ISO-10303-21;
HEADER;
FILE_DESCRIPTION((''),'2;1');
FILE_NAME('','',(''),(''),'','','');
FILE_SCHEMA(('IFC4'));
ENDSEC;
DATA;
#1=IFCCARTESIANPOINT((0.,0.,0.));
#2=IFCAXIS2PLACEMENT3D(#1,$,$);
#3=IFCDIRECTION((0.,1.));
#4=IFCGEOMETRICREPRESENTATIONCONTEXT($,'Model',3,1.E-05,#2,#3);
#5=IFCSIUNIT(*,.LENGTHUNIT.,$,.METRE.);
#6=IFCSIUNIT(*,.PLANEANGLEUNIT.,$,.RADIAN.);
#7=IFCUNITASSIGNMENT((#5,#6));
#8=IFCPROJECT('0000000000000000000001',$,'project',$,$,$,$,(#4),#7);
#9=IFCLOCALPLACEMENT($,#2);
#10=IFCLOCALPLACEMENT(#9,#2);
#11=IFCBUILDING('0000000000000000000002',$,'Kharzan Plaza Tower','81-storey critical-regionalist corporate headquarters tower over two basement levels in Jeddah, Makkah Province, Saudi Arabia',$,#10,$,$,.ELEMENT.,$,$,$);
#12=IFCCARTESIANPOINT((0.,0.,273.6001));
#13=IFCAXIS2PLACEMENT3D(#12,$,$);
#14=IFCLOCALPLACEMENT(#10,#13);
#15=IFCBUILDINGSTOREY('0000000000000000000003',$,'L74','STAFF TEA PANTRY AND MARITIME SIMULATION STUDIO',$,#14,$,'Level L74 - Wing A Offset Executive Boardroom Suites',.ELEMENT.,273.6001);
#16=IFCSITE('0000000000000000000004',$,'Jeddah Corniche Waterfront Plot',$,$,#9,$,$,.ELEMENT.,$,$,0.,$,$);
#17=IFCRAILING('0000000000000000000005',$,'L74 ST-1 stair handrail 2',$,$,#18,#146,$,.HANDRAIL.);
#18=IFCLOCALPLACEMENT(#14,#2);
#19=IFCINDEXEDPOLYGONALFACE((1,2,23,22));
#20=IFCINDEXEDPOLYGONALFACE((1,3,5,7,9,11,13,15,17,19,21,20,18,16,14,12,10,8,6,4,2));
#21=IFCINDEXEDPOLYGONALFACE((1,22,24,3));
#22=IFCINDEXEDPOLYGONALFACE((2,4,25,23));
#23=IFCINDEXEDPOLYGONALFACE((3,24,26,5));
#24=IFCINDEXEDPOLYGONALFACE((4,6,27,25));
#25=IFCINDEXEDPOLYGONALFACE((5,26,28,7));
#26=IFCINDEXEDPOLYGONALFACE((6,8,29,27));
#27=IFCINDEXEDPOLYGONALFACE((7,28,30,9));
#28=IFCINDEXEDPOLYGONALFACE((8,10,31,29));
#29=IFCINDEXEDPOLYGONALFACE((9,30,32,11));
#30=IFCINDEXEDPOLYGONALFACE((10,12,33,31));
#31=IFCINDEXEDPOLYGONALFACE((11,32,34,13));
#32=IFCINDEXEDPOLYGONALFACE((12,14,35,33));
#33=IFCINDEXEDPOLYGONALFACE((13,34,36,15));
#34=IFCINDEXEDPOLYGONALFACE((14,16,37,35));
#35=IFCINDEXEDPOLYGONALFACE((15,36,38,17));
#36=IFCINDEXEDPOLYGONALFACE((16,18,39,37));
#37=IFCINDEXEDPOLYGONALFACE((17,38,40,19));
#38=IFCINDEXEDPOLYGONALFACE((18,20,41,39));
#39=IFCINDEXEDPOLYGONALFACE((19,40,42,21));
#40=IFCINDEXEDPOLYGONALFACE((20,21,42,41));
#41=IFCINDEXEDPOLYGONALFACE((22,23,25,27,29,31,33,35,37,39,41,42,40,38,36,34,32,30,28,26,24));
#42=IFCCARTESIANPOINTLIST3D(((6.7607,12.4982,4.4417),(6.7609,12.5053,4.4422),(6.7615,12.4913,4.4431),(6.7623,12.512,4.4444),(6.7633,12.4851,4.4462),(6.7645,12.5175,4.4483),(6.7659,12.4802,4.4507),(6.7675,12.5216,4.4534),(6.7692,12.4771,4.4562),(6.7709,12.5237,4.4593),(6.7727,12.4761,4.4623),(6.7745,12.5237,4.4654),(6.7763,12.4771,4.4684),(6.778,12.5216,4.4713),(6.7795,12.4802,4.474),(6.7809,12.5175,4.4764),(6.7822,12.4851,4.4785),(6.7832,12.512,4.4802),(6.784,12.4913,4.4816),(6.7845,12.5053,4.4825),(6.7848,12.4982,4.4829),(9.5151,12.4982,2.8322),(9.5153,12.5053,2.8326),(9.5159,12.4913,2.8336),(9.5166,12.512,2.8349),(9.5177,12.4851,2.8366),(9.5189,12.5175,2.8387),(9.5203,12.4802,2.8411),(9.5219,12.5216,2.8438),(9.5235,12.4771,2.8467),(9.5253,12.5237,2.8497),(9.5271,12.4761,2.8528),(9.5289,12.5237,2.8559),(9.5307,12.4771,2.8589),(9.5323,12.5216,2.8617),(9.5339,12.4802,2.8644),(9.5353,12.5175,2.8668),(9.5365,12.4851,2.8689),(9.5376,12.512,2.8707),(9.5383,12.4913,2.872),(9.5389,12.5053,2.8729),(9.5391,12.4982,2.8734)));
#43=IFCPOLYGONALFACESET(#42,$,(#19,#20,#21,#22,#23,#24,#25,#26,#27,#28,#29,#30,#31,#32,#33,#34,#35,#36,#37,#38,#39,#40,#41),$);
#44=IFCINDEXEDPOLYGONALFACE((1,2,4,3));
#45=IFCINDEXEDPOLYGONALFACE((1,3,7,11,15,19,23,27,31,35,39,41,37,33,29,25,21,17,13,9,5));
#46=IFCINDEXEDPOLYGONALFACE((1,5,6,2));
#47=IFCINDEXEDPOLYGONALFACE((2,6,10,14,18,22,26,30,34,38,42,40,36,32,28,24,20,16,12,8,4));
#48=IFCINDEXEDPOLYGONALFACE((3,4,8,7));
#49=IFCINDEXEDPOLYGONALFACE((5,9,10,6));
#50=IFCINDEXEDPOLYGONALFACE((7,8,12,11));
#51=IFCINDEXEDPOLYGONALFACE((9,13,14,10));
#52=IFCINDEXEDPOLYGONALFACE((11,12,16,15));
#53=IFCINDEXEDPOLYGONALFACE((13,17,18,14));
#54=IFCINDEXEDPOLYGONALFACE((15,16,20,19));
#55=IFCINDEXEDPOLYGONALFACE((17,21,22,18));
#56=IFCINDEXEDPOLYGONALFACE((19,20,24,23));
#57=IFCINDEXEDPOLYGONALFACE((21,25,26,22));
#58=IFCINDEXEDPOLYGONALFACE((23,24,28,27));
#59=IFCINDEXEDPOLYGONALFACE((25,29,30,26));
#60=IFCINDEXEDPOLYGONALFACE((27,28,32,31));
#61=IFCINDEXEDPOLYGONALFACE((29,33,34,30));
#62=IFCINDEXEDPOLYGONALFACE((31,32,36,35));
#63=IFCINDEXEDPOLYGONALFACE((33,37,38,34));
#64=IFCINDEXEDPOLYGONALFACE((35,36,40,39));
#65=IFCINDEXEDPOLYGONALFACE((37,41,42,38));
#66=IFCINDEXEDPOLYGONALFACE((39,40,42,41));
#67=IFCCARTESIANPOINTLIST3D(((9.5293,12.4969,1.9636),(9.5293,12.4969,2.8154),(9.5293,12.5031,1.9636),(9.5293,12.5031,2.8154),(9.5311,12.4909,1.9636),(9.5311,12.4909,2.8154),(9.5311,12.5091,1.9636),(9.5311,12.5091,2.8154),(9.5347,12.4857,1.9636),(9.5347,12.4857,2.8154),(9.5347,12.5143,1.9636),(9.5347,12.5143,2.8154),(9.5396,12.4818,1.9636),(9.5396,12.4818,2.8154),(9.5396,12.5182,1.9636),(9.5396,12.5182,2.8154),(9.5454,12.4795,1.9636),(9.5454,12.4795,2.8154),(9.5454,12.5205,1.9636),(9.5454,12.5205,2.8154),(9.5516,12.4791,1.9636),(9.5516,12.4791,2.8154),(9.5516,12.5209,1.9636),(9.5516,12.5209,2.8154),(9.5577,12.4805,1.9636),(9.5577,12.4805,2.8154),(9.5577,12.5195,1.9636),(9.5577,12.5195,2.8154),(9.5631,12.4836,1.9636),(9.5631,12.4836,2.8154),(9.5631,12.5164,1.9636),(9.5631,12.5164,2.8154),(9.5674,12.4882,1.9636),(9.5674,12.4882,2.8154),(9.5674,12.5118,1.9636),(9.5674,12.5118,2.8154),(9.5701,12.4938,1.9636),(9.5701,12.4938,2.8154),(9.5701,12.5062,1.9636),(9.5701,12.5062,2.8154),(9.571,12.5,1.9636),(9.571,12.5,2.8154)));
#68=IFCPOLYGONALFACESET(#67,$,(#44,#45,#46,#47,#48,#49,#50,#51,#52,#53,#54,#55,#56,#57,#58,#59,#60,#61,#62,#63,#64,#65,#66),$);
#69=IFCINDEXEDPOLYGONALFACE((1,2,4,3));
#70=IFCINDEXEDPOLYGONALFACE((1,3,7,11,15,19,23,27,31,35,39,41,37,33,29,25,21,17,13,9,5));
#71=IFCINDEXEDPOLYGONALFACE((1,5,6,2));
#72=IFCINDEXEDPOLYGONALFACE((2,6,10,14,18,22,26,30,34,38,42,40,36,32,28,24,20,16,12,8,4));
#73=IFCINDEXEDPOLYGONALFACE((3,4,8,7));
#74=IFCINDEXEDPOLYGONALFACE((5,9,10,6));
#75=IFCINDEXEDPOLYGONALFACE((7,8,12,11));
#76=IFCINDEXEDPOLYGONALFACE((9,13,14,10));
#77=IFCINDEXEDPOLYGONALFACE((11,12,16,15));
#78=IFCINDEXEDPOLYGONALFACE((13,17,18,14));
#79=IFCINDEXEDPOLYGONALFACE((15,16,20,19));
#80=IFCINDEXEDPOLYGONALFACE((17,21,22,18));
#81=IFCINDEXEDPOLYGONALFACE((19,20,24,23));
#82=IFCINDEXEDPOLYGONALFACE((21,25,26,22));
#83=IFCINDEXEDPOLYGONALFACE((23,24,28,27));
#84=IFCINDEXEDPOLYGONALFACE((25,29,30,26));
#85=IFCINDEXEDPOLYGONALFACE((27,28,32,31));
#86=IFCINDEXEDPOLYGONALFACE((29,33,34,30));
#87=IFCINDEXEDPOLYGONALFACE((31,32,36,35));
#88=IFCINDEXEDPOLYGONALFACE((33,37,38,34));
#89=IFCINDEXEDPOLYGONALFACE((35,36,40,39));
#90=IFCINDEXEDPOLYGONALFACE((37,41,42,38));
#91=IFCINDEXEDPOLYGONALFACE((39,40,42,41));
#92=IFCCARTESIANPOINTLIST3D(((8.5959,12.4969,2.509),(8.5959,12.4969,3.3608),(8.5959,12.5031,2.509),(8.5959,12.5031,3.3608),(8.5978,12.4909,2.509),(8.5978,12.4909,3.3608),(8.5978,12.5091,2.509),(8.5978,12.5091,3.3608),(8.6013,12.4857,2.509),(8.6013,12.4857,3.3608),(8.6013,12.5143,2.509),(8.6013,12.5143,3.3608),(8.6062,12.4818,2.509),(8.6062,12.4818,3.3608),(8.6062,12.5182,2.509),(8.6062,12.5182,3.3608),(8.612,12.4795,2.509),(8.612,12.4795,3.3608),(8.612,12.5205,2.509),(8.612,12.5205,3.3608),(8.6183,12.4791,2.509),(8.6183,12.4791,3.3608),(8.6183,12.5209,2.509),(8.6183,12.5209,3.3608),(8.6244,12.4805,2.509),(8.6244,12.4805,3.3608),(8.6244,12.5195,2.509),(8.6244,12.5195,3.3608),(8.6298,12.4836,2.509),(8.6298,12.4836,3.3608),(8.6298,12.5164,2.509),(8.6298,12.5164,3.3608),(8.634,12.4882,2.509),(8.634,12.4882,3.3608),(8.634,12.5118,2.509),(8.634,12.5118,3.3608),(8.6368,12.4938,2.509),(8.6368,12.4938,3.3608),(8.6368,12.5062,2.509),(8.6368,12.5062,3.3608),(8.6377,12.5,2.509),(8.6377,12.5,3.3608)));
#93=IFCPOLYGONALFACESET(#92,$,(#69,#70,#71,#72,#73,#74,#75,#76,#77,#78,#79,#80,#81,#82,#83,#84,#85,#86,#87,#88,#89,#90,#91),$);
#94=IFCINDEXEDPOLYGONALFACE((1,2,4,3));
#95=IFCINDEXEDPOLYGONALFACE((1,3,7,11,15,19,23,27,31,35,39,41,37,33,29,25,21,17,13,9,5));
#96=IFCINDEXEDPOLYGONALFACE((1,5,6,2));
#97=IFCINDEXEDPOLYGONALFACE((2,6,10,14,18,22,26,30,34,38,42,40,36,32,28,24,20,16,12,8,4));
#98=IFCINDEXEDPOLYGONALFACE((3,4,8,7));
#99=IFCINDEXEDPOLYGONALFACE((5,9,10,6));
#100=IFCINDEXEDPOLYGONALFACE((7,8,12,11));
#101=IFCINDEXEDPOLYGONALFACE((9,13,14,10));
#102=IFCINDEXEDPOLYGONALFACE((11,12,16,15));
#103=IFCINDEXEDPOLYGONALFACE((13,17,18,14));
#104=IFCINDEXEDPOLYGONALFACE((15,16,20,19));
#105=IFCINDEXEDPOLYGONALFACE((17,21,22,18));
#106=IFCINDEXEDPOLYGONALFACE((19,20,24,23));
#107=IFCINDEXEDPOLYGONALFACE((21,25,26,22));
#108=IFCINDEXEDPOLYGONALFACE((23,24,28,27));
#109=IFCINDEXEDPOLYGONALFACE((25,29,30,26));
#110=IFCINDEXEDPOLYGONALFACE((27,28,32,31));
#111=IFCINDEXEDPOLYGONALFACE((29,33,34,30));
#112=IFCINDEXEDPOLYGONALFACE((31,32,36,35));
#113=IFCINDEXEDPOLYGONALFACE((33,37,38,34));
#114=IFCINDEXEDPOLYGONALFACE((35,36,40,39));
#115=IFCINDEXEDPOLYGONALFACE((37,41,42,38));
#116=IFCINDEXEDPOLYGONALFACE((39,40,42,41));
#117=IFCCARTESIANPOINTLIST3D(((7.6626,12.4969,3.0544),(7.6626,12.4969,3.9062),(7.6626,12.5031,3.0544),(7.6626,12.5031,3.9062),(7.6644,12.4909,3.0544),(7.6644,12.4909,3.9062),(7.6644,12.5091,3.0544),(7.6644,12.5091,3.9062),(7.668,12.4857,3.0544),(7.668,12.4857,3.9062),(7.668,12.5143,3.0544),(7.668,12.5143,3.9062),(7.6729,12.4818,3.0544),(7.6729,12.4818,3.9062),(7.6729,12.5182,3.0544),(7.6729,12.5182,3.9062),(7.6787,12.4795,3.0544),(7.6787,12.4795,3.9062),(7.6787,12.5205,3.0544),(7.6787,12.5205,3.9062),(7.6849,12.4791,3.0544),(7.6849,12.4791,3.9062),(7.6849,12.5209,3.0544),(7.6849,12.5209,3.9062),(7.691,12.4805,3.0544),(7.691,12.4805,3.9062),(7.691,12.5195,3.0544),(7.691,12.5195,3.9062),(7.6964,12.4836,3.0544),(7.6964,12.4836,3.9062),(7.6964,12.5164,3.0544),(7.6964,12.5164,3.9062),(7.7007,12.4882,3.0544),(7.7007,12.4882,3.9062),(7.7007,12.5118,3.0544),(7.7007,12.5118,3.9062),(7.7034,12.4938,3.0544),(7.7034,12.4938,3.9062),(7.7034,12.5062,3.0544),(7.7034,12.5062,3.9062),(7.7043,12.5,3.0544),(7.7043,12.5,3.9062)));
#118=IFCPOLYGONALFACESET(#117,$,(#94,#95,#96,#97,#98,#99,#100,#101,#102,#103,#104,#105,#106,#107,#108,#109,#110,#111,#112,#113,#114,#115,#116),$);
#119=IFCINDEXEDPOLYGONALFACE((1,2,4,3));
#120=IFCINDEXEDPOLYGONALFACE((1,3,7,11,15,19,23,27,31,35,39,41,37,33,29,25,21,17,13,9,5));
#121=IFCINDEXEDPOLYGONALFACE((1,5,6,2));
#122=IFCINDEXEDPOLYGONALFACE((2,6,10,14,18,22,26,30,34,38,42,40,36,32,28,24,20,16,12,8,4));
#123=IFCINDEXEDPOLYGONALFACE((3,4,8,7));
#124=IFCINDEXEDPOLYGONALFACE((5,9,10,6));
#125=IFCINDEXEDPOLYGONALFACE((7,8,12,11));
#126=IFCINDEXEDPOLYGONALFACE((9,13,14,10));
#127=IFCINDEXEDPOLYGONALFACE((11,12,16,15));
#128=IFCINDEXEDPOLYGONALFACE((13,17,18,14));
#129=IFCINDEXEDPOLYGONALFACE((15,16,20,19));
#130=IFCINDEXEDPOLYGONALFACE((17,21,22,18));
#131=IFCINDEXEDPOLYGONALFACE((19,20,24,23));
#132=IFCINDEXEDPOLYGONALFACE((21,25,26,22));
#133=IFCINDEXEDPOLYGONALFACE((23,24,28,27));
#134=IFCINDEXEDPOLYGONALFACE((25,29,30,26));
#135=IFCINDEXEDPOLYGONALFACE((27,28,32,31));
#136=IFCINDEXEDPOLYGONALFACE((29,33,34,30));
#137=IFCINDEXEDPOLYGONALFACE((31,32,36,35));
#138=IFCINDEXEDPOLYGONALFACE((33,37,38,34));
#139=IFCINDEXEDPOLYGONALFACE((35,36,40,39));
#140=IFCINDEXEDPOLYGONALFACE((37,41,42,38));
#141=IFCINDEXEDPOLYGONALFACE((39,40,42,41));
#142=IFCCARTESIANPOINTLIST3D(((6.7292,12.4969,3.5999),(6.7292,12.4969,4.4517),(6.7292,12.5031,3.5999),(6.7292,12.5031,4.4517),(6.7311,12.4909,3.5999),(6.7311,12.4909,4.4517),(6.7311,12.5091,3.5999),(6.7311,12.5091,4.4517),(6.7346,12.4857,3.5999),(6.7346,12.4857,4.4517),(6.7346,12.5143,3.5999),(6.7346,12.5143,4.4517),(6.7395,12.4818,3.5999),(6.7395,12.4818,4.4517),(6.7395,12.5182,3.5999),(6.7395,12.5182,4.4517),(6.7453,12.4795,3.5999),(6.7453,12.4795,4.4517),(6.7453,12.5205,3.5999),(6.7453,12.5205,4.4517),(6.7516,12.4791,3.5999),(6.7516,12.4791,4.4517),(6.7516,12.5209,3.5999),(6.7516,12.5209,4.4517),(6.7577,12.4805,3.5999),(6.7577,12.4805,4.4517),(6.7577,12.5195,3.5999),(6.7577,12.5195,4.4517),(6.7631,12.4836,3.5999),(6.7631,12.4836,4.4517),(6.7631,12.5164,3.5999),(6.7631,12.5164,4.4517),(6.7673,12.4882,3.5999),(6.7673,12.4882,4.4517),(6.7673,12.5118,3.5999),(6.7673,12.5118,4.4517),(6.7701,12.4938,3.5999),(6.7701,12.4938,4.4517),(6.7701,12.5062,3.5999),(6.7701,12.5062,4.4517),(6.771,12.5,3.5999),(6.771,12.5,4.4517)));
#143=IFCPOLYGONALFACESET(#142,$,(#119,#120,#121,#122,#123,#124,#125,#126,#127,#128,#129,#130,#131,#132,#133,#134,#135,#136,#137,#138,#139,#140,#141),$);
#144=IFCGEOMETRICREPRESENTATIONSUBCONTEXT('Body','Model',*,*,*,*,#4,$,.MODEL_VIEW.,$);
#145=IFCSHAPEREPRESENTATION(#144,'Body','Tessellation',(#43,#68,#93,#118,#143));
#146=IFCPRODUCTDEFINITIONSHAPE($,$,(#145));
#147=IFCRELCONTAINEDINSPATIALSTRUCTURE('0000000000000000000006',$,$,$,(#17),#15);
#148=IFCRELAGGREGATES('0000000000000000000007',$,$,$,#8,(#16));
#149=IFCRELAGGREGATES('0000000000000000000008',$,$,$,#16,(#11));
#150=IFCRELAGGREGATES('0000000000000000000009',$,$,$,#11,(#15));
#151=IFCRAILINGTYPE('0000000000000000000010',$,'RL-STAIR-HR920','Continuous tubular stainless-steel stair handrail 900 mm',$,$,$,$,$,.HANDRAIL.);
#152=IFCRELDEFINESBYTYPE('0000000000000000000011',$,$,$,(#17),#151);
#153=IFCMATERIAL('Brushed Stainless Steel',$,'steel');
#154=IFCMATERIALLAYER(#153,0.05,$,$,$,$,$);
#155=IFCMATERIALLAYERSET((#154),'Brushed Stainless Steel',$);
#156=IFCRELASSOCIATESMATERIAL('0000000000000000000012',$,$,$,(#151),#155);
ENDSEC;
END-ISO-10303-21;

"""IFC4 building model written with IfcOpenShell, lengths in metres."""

from ifc_helpers import new_model, si_unit, direction, frame, origin, origin_2d, place, context, subcontext, project, spatial, circle, extrude, source, transform, mapped, material, layer, layer_set, type_object, element, save


model = new_model("IFC4")

# Units and contexts
model_context = context("Model", 3, precision=1e-05, world=origin(), true_north=direction((0.0, 1.0)))
body_context = subcontext(model_context, "Body", "Model", "MODEL_VIEW")
ifc_project = project(units=[si_unit("LENGTHUNIT", "METRE"), si_unit("PLANEANGLEUNIT", "RADIAN")], contexts=[model_context])

# Site, building, storey
site_placement = place(None, origin())
site = spatial("IfcSite", under=ifc_project, at=site_placement, Name="Jeddah Corniche Waterfront Plot", CompositionType="ELEMENT", RefElevation=0.0)
building_placement = place(site_placement, origin())
building = spatial("IfcBuilding", under=site, at=building_placement, Name="Kharzan Plaza Tower", Description="81-storey critical-regionalist corporate headquarters tower over two basement levels in Jeddah, Makkah Province, Saudi Arabia", CompositionType="ELEMENT")
storey_placement = place(building_placement, frame((0.0, 0.0, 273.6001)))
storey = spatial("IfcBuildingStorey", under=building, at=storey_placement, Name="L74", Description="STAFF TEA PANTRY AND MARITIME SIMULATION STUDIO", LongName="Level L74 - Wing A Offset Executive Boardroom Suites", CompositionType="ELEMENT", Elevation=273.6001)

# Shared definitions
ifc_material_1 = material(Name="Brushed Stainless Steel", Category="steel")

# Railing
ifc_layer_1 = layer(ifc_material_1, 0.05)
ifc_layer_set_1 = layer_set([ifc_layer_1], Name="Brushed Stainless Steel")
railing_type_1 = type_object("IfcRailingType", Name="RL-STAIR-HR920", Description="Continuous tubular stainless-steel stair handrail 900 mm", PredefinedType="HANDRAIL", material=ifc_layer_set_1)
shared_shape_1 = source(origin(), body_context, "Body", "SweptSolid", [
    extrude(circle(Radius=0.0239, at=origin_2d()), frame((-0.0229, 0.0, 0.8892), z_axis=(-0.863394, 0.0, 0.504531), x_axis=(0.0, -1.0, 0.0)), (0.0, 0.0, 1.0), 3.1902),
    extrude(circle(Radius=0.021, at=origin_2d()), origin(), (0.0, 0.0, 1.0), 0.8518),
    extrude(circle(Radius=0.021, at=origin_2d()), frame((-0.9333, 0.0, 0.5454)), (0.0, 0.0, 1.0), 0.8518),
    extrude(circle(Radius=0.021, at=origin_2d()), frame((-1.8667, 0.0, 1.0908)), (0.0, 0.0, 1.0), 0.8518),
    extrude(circle(Radius=0.021, at=origin_2d()), frame((-2.8, 0.0, 1.6362)), (0.0, 0.0, 1.0), 0.8518),
])
railing_1_placement = place(storey_placement, frame((9.55, 12.5, 1.9636)))
element("IfcRailing", 1, at=railing_1_placement, inside=storey, type_object=railing_type_1, Name="L74 ST-1 stair handrail 2", PredefinedType="HANDRAIL", context=body_context, shape_type="MappedRepresentation", body=[
    mapped(shared_shape_1, transform((0.0, 0.0, 0.0), x_axis=(1.0, 0.0, 0.0), y_axis=(0.0, 1.0, 0.0), z_axis=(0.0, 0.0, 1.0))),
])

save(model, "model.ifc")
